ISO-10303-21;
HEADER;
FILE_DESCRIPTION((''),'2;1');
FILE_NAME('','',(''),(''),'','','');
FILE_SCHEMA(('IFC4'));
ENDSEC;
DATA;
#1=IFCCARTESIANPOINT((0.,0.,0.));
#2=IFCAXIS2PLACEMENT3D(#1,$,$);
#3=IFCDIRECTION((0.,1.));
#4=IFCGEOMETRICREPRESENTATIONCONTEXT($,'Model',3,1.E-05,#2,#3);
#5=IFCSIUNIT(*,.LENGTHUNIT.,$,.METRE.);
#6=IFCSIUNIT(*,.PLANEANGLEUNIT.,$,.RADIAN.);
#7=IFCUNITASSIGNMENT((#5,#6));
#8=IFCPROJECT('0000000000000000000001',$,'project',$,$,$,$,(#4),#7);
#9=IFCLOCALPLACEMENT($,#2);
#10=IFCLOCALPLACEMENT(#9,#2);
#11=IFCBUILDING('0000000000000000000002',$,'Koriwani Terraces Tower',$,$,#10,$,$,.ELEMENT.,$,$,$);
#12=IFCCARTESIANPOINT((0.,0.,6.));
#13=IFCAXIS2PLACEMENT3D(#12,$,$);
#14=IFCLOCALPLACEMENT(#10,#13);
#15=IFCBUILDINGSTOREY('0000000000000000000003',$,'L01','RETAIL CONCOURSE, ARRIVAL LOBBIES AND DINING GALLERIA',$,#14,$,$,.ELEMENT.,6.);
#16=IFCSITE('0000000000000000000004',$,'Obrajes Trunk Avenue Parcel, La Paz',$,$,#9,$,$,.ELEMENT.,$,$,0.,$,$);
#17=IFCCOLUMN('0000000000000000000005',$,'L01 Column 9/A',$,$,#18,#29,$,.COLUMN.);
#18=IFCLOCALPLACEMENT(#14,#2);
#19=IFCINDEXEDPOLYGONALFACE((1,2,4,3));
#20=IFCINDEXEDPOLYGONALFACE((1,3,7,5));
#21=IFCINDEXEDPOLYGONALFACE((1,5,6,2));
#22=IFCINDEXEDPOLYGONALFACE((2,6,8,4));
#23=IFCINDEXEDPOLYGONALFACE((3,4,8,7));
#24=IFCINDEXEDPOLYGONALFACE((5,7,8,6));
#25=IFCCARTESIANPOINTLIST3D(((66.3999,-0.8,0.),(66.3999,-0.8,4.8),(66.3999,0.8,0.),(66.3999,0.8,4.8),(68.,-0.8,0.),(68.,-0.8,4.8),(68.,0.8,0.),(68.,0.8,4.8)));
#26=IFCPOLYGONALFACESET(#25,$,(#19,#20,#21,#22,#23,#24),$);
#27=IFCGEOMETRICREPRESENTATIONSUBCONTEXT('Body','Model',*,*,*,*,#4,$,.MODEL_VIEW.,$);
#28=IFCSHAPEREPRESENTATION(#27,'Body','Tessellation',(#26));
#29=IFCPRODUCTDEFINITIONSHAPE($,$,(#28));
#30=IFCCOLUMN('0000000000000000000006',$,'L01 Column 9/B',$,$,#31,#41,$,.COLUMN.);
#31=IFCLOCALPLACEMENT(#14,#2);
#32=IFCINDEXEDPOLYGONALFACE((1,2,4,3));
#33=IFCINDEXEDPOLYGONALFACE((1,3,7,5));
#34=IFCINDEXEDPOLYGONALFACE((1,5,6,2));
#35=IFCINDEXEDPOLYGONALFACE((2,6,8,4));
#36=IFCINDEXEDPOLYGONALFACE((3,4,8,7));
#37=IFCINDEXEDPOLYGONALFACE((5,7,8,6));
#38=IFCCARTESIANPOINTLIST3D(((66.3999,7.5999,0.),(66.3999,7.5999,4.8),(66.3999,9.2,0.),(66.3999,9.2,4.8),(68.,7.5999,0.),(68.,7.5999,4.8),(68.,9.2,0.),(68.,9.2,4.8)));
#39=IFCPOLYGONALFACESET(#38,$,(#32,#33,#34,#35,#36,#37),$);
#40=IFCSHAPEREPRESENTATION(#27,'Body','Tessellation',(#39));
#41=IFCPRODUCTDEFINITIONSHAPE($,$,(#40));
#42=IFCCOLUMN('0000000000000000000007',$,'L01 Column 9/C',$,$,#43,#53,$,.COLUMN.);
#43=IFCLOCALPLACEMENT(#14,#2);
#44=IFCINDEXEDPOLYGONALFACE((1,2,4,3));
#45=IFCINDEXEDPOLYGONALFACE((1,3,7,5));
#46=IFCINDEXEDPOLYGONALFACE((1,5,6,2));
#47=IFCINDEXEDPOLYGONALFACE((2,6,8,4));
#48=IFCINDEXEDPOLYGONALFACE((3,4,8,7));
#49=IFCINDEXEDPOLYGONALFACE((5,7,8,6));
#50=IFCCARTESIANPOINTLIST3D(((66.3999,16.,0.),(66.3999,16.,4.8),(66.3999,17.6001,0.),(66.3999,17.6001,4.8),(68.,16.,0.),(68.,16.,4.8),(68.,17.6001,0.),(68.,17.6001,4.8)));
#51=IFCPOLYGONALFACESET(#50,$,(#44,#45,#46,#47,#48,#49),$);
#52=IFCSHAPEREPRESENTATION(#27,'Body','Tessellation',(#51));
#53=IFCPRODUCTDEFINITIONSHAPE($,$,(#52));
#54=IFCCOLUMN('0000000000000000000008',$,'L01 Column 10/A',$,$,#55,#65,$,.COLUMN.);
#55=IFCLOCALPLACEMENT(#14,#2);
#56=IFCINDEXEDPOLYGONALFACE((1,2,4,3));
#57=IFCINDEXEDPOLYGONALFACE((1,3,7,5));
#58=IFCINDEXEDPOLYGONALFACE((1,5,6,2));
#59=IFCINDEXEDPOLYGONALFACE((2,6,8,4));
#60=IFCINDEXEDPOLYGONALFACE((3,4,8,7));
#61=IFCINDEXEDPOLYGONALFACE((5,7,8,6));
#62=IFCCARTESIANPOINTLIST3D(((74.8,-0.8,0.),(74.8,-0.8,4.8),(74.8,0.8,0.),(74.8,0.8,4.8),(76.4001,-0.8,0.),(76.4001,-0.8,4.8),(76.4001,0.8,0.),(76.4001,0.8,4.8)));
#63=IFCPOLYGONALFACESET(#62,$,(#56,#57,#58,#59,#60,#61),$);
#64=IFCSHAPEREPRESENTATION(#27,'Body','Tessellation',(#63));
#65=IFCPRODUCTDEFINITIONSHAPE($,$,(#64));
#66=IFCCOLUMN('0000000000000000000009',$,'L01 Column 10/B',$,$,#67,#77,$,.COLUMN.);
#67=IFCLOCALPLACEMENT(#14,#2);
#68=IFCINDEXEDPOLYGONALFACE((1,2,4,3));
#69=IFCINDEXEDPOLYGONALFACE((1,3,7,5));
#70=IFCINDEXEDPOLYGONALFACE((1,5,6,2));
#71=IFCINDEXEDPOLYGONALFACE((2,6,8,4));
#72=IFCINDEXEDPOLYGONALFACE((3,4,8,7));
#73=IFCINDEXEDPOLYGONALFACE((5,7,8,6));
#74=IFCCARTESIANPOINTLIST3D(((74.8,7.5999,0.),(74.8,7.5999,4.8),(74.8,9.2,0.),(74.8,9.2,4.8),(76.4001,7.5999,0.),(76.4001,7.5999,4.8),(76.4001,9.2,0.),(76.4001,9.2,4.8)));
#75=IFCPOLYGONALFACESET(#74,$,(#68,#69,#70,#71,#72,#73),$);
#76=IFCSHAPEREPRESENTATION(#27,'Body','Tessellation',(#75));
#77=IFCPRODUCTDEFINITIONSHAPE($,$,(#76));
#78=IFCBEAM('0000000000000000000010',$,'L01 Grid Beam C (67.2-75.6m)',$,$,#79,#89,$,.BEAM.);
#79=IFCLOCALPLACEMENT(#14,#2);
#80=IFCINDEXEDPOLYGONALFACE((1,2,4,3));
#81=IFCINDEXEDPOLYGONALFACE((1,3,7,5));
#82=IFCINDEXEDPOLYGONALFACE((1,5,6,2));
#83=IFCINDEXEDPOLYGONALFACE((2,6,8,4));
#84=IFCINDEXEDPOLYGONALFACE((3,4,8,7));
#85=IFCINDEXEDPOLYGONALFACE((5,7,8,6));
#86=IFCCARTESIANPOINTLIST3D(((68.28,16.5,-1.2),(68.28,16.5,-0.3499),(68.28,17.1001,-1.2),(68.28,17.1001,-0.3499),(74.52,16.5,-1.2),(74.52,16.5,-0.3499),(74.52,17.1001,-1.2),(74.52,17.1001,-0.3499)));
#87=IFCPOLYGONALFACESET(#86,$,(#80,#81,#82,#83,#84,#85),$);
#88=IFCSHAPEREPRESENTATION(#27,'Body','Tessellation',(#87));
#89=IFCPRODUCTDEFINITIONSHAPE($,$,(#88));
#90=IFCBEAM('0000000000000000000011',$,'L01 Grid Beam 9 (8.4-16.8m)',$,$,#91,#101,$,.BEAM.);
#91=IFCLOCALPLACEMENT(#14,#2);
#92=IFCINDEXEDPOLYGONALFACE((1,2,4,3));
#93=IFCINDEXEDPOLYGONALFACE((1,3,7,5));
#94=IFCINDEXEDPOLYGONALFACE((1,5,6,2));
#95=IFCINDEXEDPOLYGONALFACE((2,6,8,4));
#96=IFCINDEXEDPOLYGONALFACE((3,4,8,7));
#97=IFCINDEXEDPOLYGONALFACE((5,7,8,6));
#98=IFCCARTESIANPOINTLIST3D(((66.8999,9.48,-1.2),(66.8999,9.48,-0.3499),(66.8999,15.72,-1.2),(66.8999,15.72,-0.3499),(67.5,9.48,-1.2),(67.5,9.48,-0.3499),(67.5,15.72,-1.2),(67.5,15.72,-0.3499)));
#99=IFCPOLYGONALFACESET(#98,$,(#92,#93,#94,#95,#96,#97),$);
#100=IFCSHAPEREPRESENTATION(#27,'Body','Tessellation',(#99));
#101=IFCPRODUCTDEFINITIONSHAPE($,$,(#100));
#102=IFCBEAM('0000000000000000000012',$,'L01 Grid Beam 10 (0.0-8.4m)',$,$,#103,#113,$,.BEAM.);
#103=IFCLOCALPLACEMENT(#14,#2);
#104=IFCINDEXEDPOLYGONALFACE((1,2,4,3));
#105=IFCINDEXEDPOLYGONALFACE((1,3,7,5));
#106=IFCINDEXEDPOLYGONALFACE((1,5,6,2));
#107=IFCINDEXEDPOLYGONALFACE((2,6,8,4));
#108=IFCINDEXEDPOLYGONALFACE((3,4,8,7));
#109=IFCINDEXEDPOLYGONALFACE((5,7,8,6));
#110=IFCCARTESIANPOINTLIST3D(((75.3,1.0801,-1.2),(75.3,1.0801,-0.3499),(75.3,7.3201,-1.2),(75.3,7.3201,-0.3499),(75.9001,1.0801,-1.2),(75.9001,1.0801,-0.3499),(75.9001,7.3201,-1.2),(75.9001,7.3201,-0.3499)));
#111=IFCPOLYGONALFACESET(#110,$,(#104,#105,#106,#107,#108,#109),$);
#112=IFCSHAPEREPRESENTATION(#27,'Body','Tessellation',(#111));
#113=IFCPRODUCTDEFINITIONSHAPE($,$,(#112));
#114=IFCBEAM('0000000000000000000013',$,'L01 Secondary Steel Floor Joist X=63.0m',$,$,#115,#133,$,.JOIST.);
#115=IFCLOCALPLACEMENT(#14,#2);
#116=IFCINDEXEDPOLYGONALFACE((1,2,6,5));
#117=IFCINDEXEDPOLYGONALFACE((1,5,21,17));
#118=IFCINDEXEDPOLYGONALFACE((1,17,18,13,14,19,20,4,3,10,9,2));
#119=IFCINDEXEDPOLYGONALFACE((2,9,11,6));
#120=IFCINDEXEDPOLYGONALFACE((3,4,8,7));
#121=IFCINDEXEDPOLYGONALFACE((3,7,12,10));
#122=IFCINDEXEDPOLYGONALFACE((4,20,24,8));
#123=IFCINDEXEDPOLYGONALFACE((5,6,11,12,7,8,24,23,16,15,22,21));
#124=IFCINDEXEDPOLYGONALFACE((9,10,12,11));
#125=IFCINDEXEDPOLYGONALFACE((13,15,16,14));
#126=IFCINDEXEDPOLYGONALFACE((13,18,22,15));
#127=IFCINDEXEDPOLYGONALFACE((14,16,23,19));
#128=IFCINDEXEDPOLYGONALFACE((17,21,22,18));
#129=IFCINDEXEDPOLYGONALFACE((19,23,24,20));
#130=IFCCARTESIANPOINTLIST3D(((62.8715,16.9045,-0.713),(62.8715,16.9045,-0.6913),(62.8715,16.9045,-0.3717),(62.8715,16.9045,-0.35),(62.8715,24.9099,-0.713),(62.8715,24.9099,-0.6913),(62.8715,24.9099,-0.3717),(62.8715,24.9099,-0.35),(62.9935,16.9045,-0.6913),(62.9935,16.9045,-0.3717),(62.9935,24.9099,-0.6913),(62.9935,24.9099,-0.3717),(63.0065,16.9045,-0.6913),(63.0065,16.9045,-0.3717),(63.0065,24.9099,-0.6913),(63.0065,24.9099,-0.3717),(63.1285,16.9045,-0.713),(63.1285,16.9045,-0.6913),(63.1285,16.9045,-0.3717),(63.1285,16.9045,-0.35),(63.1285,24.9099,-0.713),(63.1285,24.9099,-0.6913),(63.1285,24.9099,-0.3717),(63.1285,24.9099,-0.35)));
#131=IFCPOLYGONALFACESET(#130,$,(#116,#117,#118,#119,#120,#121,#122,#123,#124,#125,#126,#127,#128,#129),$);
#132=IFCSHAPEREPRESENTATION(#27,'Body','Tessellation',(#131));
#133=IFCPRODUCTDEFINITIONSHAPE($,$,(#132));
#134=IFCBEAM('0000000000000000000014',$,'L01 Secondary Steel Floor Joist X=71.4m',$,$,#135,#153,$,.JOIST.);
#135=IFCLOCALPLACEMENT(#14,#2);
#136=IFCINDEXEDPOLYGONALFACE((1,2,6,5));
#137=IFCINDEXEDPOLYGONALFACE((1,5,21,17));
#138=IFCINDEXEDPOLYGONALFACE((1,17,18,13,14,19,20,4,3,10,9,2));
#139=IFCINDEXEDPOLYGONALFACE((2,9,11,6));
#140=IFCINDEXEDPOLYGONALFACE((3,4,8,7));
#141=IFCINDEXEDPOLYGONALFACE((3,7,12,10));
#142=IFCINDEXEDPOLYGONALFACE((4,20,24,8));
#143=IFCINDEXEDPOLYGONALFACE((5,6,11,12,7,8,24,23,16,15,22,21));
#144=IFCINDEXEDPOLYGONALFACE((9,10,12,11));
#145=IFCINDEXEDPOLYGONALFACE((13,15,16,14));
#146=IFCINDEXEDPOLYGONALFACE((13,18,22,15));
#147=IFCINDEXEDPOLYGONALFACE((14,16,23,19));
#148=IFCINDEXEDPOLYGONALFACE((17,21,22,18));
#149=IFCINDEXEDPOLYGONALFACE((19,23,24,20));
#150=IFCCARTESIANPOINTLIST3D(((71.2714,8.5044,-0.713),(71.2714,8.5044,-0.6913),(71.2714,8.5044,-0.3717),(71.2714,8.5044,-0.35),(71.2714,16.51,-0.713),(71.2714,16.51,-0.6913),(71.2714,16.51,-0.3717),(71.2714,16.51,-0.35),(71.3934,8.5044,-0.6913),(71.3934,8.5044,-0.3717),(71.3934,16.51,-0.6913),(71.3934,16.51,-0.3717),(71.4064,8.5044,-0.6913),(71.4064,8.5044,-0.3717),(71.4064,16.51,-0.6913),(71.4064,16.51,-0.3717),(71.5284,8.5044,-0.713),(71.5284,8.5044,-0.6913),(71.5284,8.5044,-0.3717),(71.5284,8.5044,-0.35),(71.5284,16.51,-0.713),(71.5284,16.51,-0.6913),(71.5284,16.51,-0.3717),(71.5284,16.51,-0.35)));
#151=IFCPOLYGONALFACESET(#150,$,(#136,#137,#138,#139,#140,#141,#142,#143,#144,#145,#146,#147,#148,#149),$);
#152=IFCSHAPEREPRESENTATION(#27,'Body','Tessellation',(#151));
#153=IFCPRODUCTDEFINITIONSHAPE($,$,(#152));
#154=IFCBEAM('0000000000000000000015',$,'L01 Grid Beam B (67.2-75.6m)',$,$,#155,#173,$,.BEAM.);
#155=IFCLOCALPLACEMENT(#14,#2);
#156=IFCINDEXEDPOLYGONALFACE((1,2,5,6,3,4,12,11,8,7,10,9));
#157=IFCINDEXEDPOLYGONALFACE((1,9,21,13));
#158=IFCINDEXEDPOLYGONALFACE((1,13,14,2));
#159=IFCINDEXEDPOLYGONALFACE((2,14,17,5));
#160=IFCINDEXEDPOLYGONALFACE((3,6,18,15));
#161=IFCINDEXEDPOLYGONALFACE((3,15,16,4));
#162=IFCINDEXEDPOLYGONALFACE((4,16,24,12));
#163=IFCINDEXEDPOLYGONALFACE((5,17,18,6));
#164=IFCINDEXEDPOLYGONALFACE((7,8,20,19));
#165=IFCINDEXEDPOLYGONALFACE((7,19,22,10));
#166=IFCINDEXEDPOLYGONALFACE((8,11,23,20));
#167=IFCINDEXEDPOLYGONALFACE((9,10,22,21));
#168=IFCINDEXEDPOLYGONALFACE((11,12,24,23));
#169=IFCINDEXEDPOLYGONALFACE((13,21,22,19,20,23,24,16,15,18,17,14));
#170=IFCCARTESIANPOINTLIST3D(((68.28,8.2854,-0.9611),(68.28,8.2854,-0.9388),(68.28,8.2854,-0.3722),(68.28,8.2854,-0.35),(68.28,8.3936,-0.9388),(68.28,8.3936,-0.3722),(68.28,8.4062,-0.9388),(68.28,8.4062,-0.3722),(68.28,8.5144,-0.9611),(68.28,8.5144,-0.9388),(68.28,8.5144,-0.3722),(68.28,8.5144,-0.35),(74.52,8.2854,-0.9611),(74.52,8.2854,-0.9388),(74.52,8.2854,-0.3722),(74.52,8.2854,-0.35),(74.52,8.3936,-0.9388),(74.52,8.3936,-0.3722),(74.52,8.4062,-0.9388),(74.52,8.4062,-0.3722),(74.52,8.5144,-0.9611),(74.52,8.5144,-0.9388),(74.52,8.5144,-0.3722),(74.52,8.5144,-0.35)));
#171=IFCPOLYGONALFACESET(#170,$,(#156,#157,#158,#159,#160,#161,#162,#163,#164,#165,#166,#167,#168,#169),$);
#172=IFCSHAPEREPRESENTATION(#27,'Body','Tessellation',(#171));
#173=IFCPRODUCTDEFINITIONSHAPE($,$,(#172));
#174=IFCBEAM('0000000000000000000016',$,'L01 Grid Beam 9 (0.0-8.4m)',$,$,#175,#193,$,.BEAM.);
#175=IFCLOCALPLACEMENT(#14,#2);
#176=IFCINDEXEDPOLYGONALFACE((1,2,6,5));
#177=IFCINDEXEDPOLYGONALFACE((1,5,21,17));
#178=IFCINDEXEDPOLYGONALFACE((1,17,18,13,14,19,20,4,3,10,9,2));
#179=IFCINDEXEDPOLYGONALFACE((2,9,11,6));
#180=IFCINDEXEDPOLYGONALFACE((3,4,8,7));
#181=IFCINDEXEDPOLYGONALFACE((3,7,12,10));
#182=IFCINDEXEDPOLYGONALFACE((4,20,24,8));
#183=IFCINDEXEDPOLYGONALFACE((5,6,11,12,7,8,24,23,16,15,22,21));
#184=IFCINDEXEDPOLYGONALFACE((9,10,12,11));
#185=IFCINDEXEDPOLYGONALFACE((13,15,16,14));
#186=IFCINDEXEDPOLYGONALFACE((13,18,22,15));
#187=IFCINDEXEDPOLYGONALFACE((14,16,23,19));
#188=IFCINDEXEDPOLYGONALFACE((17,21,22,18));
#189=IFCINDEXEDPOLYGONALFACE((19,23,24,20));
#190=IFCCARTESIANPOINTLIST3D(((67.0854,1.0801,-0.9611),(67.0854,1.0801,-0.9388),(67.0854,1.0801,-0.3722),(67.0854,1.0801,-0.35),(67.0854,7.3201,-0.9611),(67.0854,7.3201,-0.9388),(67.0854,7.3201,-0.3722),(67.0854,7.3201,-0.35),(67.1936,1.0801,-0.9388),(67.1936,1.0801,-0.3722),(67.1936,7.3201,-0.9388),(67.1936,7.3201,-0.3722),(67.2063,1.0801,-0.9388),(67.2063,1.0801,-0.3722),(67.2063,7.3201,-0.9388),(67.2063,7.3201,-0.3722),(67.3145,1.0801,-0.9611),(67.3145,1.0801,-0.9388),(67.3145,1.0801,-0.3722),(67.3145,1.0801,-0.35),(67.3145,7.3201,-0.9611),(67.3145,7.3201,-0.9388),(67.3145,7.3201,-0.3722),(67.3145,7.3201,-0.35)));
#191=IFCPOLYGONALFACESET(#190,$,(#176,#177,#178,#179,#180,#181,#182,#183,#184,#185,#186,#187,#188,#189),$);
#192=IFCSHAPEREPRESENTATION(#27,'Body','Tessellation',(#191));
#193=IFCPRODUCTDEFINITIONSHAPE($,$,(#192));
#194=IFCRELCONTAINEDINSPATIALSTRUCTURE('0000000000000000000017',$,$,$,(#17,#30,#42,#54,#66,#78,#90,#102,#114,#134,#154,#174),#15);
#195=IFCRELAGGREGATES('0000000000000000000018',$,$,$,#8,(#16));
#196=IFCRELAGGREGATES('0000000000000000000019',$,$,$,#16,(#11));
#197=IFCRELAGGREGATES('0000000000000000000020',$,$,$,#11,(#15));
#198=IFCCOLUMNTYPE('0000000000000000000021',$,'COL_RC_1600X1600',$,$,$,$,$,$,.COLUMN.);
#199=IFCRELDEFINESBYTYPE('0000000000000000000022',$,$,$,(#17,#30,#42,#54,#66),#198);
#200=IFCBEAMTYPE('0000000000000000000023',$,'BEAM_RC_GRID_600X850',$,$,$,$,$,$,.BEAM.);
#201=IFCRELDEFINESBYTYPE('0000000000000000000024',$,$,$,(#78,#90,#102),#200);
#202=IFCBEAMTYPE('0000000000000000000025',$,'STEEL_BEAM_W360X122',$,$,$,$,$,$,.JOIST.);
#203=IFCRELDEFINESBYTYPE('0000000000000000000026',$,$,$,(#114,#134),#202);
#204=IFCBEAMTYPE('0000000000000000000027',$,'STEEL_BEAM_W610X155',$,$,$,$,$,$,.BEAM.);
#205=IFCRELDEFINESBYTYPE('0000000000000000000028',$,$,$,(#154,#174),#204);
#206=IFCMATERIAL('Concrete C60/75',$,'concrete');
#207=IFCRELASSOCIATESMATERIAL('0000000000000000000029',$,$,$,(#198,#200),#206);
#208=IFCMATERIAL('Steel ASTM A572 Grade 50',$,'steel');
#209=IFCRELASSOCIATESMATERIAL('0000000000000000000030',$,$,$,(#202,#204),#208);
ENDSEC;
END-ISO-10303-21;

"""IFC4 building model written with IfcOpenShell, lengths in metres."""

from ifc_helpers import new_model, si_unit, direction, frame, origin, origin_2d, place, context, subcontext, project, spatial, rectangle, i_section, extrude, material, material_profile, profile_set, type_object, element, save


model = new_model("IFC4")

# Units and contexts
model_context = context("Model", 3, precision=1e-05, world=origin(), true_north=direction((0.0, 1.0)))
body_context = subcontext(model_context, "Body", "Model", "MODEL_VIEW")
ifc_project = project(units=[si_unit("LENGTHUNIT", "METRE"), si_unit("PLANEANGLEUNIT", "RADIAN")], contexts=[model_context])

# Site, building, storey
site_placement = place(None, origin())
site = spatial("IfcSite", under=ifc_project, at=site_placement, Name="Obrajes Trunk Avenue Parcel, La Paz", CompositionType="ELEMENT", RefElevation=0.0)
building_placement = place(site_placement, origin())
building = spatial("IfcBuilding", under=site, at=building_placement, Name="Koriwani Terraces Tower", CompositionType="ELEMENT")
storey_placement = place(building_placement, frame((0.0, 0.0, 6.0)))
storey = spatial("IfcBuildingStorey", under=building, at=storey_placement, Name="L01", Description="RETAIL CONCOURSE, ARRIVAL LOBBIES AND DINING GALLERIA", CompositionType="ELEMENT", Elevation=6.0)

# Columns
ifc_material_1 = material(Name="Concrete C60/75", Category="concrete")
ifc_material_profile_1 = material_profile(ifc_material_1, rectangle(XDim=1.6001, YDim=1.6001, at=origin_2d()), Name="Concrete C60/75", Category="LoadBearing")
ifc_profile_set_1 = profile_set([ifc_material_profile_1], Name="Concrete C60/75")
column_type = type_object("IfcColumnType", Name="COL_RC_1600X1600", PredefinedType="COLUMN", material=ifc_profile_set_1)
for number, where, z_axis, x_axis, name in (
    (1, (67.2, 0.0, 0.0), (0.0, 0.0, 1.0), (1.0, 0.0, 0.0), "L01 Column 9/A"),
    (2, (67.2, 8.3999, 0.0), (0.0, 0.0, 1.0), (1.0, 0.0, 0.0), "L01 Column 9/B"),
    (3, (67.2, 16.8, 0.0), (0.0, 0.0, 1.0), (1.0, 0.0, 0.0), "L01 Column 9/C"),
    (4, (75.6001, 0.0, 0.0), (0.0, 0.0, 1.0), (1.0, 0.0, 0.0), "L01 Column 10/A"),
    (5, (75.6001, 8.3999, 0.0), (0.0, 0.0, 1.0), (1.0, 0.0, 0.0), "L01 Column 10/B"),
):
    element("IfcColumn", number, at=place(storey_placement, frame(where, z_axis=z_axis, x_axis=x_axis)), inside=storey, type_object=column_type, Name=name, PredefinedType="COLUMN", context=body_context, shape_type="SweptSolid", body=[
        extrude(rectangle(XDim=1.6001, YDim=1.6001, at=origin_2d()), origin(), (0.0, 0.0, 1.0), 4.8),
    ])

# Beams
ifc_material_profile_2 = material_profile(ifc_material_1, rectangle(XDim=0.6001, YDim=0.8501, at=origin_2d()), Name="Concrete C60/75", Category="LoadBearing")
ifc_profile_set_2 = profile_set([ifc_material_profile_2], Name="Concrete C60/75")
beam_type_1 = type_object("IfcBeamType", Name="BEAM_RC_GRID_600X850", PredefinedType="BEAM", material=ifc_profile_set_2)
for number, where, z_axis, x_axis, name in (
    (6, (68.28, 16.8, -0.7749), (1.0, 0.0, 0.0), (0.0, 1.0, 0.0), "L01 Grid Beam C (67.2-75.6m)"),
    (7, (67.2, 9.48, -0.7749), (0.0, 1.0, 0.0), (-1.0, 0.0, 0.0), "L01 Grid Beam 9 (8.4-16.8m)"),
    (8, (75.6001, 1.0801, -0.7749), (0.0, 1.0, 0.0), (-1.0, 0.0, 0.0), "L01 Grid Beam 10 (0.0-8.4m)"),
):
    element("IfcBeam", number, at=place(storey_placement, frame(where, z_axis=z_axis, x_axis=x_axis)), inside=storey, type_object=beam_type_1, Name=name, PredefinedType="BEAM", context=body_context, shape_type="SweptSolid", body=[
        extrude(rectangle(XDim=0.6001, YDim=0.8501, at=origin_2d()), origin(), (0.0, 0.0, 1.0), 6.24),
    ])
ifc_material_2 = material(Name="Steel ASTM A572 Grade 50", Category="steel")
ifc_material_profile_3 = material_profile(ifc_material_2, i_section(OverallWidth=0.2571, OverallDepth=0.363, WebThickness=0.0129, FlangeThickness=0.0217, at=origin_2d()), Name="Steel ASTM A572 Grade 50", Category="LoadBearing")
ifc_profile_set_3 = profile_set([ifc_material_profile_3], Name="Steel ASTM A572 Grade 50")
beam_type_2 = type_object("IfcBeamType", Name="STEEL_BEAM_W360X122", PredefinedType="JOIST", material=ifc_profile_set_3)
beam_1_placement = place(storey_placement, frame((63.0, 16.9045, -0.5315), z_axis=(0.0, 1.0, 0.0), x_axis=(-1.0, 0.0, 0.0)))
element("IfcBeam", 9, at=beam_1_placement, inside=storey, type_object=beam_type_2, Name="L01 Secondary Steel Floor Joist X=63.0m", PredefinedType="JOIST", context=body_context, shape_type="SweptSolid", body=[
    extrude(i_section(OverallWidth=0.2571, OverallDepth=0.363, WebThickness=0.0129, FlangeThickness=0.0217, at=origin_2d()), origin(), (0.0, 0.0, 1.0), 8.0054),
])
beam_2_placement = place(storey_placement, frame((71.3999, 8.5044, -0.5315), z_axis=(0.0, 1.0, 0.0), x_axis=(-1.0, 0.0, 0.0)))
element("IfcBeam", 10, at=beam_2_placement, inside=storey, type_object=beam_type_2, Name="L01 Secondary Steel Floor Joist X=71.4m", PredefinedType="JOIST", context=body_context, shape_type="SweptSolid", body=[
    extrude(i_section(OverallWidth=0.2571, OverallDepth=0.363, WebThickness=0.0129, FlangeThickness=0.0217, at=origin_2d()), origin(), (0.0, 0.0, 1.0), 8.0056),
])
ifc_material_profile_4 = material_profile(ifc_material_2, i_section(OverallWidth=0.229, OverallDepth=0.6111, WebThickness=0.0127, FlangeThickness=0.0222, at=origin_2d()), Name="Steel ASTM A572 Grade 50", Category="LoadBearing")
ifc_profile_set_4 = profile_set([ifc_material_profile_4], Name="Steel ASTM A572 Grade 50")
beam_type_3 = type_object("IfcBeamType", Name="STEEL_BEAM_W610X155", PredefinedType="BEAM", material=ifc_profile_set_4)
for number, where, z_axis, x_axis, name in (
    (11, (68.28, 8.3999, -0.6555), (1.0, 0.0, 0.0), (0.0, 1.0, 0.0), "L01 Grid Beam B (67.2-75.6m)"),
    (12, (67.2, 1.0801, -0.6555), (0.0, 1.0, 0.0), (-1.0, 0.0, 0.0), "L01 Grid Beam 9 (0.0-8.4m)"),
):
    element("IfcBeam", number, at=place(storey_placement, frame(where, z_axis=z_axis, x_axis=x_axis)), inside=storey, type_object=beam_type_3, Name=name, PredefinedType="BEAM", context=body_context, shape_type="SweptSolid", body=[
        extrude(i_section(OverallWidth=0.229, OverallDepth=0.6111, WebThickness=0.0127, FlangeThickness=0.0222, at=origin_2d()), origin(), (0.0, 0.0, 1.0), 6.24),
    ])

save(model, "model.ifc")
